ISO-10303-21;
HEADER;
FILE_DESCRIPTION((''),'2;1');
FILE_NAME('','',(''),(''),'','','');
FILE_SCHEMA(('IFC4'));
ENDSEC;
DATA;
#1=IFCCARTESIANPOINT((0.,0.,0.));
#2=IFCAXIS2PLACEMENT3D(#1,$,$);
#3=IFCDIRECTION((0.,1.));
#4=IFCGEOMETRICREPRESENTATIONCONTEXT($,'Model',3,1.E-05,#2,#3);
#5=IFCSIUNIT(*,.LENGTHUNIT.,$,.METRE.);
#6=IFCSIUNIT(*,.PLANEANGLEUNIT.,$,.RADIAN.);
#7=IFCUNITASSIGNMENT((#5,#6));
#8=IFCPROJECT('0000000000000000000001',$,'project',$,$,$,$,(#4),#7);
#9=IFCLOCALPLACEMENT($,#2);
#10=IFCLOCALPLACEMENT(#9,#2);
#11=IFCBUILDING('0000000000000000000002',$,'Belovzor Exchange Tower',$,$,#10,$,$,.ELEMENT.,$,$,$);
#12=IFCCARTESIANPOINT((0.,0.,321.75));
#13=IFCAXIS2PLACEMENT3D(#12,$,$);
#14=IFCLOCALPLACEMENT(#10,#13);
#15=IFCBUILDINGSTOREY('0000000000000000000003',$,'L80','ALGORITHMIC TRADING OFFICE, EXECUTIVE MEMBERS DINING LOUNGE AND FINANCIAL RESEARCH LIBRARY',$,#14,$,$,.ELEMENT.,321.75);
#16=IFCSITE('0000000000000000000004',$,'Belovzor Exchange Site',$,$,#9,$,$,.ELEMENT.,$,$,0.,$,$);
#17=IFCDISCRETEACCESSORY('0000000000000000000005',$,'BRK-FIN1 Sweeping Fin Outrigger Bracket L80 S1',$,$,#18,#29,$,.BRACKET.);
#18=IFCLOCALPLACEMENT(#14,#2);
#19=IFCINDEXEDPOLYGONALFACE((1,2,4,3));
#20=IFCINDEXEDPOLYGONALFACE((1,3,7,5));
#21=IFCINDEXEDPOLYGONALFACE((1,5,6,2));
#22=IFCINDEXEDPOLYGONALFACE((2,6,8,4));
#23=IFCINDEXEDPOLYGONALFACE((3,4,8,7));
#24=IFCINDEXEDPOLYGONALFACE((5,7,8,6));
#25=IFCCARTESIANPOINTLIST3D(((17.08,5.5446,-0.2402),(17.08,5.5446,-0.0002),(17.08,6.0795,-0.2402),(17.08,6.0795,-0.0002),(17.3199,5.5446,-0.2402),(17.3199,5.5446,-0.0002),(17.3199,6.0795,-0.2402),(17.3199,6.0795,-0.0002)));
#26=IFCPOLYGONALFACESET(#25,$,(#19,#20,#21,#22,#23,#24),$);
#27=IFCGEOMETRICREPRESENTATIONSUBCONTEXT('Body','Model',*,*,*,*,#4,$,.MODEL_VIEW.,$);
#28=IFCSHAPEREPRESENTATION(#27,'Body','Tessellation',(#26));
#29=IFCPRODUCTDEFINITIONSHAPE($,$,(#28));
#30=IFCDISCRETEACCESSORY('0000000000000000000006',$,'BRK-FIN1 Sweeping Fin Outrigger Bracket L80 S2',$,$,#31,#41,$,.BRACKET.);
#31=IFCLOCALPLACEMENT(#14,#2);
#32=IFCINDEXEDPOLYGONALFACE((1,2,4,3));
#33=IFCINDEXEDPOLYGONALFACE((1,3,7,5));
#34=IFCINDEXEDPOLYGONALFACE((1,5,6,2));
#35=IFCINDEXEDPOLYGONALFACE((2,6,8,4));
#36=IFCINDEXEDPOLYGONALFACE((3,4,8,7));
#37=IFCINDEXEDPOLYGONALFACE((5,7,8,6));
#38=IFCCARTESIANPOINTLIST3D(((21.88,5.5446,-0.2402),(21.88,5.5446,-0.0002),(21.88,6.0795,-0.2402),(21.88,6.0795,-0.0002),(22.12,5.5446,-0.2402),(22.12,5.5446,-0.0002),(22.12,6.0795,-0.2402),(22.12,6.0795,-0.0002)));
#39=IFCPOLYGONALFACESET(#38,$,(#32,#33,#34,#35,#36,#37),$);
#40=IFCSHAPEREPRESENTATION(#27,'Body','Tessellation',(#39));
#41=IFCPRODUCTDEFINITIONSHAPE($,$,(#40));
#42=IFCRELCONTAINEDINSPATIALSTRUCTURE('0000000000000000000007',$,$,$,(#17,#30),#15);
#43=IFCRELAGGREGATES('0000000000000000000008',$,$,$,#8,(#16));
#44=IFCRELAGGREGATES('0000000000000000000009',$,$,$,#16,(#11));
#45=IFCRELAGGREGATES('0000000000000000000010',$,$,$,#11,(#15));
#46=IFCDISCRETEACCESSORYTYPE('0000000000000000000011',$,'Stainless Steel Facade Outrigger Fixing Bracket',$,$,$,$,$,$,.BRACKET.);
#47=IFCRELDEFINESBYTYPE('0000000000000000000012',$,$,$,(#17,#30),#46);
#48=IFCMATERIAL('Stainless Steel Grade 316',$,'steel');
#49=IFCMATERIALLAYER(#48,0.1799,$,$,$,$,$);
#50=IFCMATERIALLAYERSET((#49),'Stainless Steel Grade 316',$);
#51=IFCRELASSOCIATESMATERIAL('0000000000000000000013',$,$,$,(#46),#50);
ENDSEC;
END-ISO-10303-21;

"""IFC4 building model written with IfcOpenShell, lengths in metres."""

from ifc_helpers import new_model, si_unit, direction, frame, origin, origin_2d, place, context, subcontext, project, spatial, rectangle, extrude, material, layer, layer_set, type_object, element, save


model = new_model("IFC4")

# Units and contexts
model_context = context("Model", 3, precision=1e-05, world=origin(), true_north=direction((0.0, 1.0)))
body_context = subcontext(model_context, "Body", "Model", "MODEL_VIEW")
ifc_project = project(units=[si_unit("LENGTHUNIT", "METRE"), si_unit("PLANEANGLEUNIT", "RADIAN")], contexts=[model_context])

# Site, building, storey
site_placement = place(None, origin())
site = spatial("IfcSite", under=ifc_project, at=site_placement, Name="Belovzor Exchange Site", CompositionType="ELEMENT", RefElevation=0.0)
building_placement = place(site_placement, origin())
building = spatial("IfcBuilding", under=site, at=building_placement, Name="Belovzor Exchange Tower", CompositionType="ELEMENT")
storey_placement = place(building_placement, frame((0.0, 0.0, 321.75)))
storey = spatial("IfcBuildingStorey", under=building, at=storey_placement, Name="L80", Description="ALGORITHMIC TRADING OFFICE, EXECUTIVE MEMBERS DINING LOUNGE AND FINANCIAL RESEARCH LIBRARY", CompositionType="ELEMENT", Elevation=321.75)

# Discrete accessories
ifc_material_1 = material(Name="Stainless Steel Grade 316", Category="steel")
ifc_layer_1 = layer(ifc_material_1, 0.1799)
ifc_layer_set_1 = layer_set([ifc_layer_1], Name="Stainless Steel Grade 316")
discrete_accessory_type = type_object("IfcDiscreteAccessoryType", Name="Stainless Steel Facade Outrigger Fixing Bracket", PredefinedType="BRACKET", material=ifc_layer_set_1)
for number, where, z_axis, x_axis, name in (
    (1, (17.2, 5.812, -0.2402), (0.0, 0.0, 1.0), (0.0, 1.0, 0.0), "BRK-FIN1 Sweeping Fin Outrigger Bracket L80 S1"),
    (2, (22.0, 5.812, -0.2402), (0.0, 0.0, 1.0), (0.0, 1.0, 0.0), "BRK-FIN1 Sweeping Fin Outrigger Bracket L80 S2"),
):
    element("IfcDiscreteAccessory", number, at=place(storey_placement, frame(where, z_axis=z_axis, x_axis=x_axis)), inside=storey, type_object=discrete_accessory_type, Name=name, PredefinedType="BRACKET", context=body_context, shape_type="SweptSolid", body=[
        extrude(rectangle(XDim=0.5349, YDim=0.24, at=origin_2d()), origin(), (0.0, 0.0, 1.0), 0.24),
    ])

save(model, "model.ifc")
